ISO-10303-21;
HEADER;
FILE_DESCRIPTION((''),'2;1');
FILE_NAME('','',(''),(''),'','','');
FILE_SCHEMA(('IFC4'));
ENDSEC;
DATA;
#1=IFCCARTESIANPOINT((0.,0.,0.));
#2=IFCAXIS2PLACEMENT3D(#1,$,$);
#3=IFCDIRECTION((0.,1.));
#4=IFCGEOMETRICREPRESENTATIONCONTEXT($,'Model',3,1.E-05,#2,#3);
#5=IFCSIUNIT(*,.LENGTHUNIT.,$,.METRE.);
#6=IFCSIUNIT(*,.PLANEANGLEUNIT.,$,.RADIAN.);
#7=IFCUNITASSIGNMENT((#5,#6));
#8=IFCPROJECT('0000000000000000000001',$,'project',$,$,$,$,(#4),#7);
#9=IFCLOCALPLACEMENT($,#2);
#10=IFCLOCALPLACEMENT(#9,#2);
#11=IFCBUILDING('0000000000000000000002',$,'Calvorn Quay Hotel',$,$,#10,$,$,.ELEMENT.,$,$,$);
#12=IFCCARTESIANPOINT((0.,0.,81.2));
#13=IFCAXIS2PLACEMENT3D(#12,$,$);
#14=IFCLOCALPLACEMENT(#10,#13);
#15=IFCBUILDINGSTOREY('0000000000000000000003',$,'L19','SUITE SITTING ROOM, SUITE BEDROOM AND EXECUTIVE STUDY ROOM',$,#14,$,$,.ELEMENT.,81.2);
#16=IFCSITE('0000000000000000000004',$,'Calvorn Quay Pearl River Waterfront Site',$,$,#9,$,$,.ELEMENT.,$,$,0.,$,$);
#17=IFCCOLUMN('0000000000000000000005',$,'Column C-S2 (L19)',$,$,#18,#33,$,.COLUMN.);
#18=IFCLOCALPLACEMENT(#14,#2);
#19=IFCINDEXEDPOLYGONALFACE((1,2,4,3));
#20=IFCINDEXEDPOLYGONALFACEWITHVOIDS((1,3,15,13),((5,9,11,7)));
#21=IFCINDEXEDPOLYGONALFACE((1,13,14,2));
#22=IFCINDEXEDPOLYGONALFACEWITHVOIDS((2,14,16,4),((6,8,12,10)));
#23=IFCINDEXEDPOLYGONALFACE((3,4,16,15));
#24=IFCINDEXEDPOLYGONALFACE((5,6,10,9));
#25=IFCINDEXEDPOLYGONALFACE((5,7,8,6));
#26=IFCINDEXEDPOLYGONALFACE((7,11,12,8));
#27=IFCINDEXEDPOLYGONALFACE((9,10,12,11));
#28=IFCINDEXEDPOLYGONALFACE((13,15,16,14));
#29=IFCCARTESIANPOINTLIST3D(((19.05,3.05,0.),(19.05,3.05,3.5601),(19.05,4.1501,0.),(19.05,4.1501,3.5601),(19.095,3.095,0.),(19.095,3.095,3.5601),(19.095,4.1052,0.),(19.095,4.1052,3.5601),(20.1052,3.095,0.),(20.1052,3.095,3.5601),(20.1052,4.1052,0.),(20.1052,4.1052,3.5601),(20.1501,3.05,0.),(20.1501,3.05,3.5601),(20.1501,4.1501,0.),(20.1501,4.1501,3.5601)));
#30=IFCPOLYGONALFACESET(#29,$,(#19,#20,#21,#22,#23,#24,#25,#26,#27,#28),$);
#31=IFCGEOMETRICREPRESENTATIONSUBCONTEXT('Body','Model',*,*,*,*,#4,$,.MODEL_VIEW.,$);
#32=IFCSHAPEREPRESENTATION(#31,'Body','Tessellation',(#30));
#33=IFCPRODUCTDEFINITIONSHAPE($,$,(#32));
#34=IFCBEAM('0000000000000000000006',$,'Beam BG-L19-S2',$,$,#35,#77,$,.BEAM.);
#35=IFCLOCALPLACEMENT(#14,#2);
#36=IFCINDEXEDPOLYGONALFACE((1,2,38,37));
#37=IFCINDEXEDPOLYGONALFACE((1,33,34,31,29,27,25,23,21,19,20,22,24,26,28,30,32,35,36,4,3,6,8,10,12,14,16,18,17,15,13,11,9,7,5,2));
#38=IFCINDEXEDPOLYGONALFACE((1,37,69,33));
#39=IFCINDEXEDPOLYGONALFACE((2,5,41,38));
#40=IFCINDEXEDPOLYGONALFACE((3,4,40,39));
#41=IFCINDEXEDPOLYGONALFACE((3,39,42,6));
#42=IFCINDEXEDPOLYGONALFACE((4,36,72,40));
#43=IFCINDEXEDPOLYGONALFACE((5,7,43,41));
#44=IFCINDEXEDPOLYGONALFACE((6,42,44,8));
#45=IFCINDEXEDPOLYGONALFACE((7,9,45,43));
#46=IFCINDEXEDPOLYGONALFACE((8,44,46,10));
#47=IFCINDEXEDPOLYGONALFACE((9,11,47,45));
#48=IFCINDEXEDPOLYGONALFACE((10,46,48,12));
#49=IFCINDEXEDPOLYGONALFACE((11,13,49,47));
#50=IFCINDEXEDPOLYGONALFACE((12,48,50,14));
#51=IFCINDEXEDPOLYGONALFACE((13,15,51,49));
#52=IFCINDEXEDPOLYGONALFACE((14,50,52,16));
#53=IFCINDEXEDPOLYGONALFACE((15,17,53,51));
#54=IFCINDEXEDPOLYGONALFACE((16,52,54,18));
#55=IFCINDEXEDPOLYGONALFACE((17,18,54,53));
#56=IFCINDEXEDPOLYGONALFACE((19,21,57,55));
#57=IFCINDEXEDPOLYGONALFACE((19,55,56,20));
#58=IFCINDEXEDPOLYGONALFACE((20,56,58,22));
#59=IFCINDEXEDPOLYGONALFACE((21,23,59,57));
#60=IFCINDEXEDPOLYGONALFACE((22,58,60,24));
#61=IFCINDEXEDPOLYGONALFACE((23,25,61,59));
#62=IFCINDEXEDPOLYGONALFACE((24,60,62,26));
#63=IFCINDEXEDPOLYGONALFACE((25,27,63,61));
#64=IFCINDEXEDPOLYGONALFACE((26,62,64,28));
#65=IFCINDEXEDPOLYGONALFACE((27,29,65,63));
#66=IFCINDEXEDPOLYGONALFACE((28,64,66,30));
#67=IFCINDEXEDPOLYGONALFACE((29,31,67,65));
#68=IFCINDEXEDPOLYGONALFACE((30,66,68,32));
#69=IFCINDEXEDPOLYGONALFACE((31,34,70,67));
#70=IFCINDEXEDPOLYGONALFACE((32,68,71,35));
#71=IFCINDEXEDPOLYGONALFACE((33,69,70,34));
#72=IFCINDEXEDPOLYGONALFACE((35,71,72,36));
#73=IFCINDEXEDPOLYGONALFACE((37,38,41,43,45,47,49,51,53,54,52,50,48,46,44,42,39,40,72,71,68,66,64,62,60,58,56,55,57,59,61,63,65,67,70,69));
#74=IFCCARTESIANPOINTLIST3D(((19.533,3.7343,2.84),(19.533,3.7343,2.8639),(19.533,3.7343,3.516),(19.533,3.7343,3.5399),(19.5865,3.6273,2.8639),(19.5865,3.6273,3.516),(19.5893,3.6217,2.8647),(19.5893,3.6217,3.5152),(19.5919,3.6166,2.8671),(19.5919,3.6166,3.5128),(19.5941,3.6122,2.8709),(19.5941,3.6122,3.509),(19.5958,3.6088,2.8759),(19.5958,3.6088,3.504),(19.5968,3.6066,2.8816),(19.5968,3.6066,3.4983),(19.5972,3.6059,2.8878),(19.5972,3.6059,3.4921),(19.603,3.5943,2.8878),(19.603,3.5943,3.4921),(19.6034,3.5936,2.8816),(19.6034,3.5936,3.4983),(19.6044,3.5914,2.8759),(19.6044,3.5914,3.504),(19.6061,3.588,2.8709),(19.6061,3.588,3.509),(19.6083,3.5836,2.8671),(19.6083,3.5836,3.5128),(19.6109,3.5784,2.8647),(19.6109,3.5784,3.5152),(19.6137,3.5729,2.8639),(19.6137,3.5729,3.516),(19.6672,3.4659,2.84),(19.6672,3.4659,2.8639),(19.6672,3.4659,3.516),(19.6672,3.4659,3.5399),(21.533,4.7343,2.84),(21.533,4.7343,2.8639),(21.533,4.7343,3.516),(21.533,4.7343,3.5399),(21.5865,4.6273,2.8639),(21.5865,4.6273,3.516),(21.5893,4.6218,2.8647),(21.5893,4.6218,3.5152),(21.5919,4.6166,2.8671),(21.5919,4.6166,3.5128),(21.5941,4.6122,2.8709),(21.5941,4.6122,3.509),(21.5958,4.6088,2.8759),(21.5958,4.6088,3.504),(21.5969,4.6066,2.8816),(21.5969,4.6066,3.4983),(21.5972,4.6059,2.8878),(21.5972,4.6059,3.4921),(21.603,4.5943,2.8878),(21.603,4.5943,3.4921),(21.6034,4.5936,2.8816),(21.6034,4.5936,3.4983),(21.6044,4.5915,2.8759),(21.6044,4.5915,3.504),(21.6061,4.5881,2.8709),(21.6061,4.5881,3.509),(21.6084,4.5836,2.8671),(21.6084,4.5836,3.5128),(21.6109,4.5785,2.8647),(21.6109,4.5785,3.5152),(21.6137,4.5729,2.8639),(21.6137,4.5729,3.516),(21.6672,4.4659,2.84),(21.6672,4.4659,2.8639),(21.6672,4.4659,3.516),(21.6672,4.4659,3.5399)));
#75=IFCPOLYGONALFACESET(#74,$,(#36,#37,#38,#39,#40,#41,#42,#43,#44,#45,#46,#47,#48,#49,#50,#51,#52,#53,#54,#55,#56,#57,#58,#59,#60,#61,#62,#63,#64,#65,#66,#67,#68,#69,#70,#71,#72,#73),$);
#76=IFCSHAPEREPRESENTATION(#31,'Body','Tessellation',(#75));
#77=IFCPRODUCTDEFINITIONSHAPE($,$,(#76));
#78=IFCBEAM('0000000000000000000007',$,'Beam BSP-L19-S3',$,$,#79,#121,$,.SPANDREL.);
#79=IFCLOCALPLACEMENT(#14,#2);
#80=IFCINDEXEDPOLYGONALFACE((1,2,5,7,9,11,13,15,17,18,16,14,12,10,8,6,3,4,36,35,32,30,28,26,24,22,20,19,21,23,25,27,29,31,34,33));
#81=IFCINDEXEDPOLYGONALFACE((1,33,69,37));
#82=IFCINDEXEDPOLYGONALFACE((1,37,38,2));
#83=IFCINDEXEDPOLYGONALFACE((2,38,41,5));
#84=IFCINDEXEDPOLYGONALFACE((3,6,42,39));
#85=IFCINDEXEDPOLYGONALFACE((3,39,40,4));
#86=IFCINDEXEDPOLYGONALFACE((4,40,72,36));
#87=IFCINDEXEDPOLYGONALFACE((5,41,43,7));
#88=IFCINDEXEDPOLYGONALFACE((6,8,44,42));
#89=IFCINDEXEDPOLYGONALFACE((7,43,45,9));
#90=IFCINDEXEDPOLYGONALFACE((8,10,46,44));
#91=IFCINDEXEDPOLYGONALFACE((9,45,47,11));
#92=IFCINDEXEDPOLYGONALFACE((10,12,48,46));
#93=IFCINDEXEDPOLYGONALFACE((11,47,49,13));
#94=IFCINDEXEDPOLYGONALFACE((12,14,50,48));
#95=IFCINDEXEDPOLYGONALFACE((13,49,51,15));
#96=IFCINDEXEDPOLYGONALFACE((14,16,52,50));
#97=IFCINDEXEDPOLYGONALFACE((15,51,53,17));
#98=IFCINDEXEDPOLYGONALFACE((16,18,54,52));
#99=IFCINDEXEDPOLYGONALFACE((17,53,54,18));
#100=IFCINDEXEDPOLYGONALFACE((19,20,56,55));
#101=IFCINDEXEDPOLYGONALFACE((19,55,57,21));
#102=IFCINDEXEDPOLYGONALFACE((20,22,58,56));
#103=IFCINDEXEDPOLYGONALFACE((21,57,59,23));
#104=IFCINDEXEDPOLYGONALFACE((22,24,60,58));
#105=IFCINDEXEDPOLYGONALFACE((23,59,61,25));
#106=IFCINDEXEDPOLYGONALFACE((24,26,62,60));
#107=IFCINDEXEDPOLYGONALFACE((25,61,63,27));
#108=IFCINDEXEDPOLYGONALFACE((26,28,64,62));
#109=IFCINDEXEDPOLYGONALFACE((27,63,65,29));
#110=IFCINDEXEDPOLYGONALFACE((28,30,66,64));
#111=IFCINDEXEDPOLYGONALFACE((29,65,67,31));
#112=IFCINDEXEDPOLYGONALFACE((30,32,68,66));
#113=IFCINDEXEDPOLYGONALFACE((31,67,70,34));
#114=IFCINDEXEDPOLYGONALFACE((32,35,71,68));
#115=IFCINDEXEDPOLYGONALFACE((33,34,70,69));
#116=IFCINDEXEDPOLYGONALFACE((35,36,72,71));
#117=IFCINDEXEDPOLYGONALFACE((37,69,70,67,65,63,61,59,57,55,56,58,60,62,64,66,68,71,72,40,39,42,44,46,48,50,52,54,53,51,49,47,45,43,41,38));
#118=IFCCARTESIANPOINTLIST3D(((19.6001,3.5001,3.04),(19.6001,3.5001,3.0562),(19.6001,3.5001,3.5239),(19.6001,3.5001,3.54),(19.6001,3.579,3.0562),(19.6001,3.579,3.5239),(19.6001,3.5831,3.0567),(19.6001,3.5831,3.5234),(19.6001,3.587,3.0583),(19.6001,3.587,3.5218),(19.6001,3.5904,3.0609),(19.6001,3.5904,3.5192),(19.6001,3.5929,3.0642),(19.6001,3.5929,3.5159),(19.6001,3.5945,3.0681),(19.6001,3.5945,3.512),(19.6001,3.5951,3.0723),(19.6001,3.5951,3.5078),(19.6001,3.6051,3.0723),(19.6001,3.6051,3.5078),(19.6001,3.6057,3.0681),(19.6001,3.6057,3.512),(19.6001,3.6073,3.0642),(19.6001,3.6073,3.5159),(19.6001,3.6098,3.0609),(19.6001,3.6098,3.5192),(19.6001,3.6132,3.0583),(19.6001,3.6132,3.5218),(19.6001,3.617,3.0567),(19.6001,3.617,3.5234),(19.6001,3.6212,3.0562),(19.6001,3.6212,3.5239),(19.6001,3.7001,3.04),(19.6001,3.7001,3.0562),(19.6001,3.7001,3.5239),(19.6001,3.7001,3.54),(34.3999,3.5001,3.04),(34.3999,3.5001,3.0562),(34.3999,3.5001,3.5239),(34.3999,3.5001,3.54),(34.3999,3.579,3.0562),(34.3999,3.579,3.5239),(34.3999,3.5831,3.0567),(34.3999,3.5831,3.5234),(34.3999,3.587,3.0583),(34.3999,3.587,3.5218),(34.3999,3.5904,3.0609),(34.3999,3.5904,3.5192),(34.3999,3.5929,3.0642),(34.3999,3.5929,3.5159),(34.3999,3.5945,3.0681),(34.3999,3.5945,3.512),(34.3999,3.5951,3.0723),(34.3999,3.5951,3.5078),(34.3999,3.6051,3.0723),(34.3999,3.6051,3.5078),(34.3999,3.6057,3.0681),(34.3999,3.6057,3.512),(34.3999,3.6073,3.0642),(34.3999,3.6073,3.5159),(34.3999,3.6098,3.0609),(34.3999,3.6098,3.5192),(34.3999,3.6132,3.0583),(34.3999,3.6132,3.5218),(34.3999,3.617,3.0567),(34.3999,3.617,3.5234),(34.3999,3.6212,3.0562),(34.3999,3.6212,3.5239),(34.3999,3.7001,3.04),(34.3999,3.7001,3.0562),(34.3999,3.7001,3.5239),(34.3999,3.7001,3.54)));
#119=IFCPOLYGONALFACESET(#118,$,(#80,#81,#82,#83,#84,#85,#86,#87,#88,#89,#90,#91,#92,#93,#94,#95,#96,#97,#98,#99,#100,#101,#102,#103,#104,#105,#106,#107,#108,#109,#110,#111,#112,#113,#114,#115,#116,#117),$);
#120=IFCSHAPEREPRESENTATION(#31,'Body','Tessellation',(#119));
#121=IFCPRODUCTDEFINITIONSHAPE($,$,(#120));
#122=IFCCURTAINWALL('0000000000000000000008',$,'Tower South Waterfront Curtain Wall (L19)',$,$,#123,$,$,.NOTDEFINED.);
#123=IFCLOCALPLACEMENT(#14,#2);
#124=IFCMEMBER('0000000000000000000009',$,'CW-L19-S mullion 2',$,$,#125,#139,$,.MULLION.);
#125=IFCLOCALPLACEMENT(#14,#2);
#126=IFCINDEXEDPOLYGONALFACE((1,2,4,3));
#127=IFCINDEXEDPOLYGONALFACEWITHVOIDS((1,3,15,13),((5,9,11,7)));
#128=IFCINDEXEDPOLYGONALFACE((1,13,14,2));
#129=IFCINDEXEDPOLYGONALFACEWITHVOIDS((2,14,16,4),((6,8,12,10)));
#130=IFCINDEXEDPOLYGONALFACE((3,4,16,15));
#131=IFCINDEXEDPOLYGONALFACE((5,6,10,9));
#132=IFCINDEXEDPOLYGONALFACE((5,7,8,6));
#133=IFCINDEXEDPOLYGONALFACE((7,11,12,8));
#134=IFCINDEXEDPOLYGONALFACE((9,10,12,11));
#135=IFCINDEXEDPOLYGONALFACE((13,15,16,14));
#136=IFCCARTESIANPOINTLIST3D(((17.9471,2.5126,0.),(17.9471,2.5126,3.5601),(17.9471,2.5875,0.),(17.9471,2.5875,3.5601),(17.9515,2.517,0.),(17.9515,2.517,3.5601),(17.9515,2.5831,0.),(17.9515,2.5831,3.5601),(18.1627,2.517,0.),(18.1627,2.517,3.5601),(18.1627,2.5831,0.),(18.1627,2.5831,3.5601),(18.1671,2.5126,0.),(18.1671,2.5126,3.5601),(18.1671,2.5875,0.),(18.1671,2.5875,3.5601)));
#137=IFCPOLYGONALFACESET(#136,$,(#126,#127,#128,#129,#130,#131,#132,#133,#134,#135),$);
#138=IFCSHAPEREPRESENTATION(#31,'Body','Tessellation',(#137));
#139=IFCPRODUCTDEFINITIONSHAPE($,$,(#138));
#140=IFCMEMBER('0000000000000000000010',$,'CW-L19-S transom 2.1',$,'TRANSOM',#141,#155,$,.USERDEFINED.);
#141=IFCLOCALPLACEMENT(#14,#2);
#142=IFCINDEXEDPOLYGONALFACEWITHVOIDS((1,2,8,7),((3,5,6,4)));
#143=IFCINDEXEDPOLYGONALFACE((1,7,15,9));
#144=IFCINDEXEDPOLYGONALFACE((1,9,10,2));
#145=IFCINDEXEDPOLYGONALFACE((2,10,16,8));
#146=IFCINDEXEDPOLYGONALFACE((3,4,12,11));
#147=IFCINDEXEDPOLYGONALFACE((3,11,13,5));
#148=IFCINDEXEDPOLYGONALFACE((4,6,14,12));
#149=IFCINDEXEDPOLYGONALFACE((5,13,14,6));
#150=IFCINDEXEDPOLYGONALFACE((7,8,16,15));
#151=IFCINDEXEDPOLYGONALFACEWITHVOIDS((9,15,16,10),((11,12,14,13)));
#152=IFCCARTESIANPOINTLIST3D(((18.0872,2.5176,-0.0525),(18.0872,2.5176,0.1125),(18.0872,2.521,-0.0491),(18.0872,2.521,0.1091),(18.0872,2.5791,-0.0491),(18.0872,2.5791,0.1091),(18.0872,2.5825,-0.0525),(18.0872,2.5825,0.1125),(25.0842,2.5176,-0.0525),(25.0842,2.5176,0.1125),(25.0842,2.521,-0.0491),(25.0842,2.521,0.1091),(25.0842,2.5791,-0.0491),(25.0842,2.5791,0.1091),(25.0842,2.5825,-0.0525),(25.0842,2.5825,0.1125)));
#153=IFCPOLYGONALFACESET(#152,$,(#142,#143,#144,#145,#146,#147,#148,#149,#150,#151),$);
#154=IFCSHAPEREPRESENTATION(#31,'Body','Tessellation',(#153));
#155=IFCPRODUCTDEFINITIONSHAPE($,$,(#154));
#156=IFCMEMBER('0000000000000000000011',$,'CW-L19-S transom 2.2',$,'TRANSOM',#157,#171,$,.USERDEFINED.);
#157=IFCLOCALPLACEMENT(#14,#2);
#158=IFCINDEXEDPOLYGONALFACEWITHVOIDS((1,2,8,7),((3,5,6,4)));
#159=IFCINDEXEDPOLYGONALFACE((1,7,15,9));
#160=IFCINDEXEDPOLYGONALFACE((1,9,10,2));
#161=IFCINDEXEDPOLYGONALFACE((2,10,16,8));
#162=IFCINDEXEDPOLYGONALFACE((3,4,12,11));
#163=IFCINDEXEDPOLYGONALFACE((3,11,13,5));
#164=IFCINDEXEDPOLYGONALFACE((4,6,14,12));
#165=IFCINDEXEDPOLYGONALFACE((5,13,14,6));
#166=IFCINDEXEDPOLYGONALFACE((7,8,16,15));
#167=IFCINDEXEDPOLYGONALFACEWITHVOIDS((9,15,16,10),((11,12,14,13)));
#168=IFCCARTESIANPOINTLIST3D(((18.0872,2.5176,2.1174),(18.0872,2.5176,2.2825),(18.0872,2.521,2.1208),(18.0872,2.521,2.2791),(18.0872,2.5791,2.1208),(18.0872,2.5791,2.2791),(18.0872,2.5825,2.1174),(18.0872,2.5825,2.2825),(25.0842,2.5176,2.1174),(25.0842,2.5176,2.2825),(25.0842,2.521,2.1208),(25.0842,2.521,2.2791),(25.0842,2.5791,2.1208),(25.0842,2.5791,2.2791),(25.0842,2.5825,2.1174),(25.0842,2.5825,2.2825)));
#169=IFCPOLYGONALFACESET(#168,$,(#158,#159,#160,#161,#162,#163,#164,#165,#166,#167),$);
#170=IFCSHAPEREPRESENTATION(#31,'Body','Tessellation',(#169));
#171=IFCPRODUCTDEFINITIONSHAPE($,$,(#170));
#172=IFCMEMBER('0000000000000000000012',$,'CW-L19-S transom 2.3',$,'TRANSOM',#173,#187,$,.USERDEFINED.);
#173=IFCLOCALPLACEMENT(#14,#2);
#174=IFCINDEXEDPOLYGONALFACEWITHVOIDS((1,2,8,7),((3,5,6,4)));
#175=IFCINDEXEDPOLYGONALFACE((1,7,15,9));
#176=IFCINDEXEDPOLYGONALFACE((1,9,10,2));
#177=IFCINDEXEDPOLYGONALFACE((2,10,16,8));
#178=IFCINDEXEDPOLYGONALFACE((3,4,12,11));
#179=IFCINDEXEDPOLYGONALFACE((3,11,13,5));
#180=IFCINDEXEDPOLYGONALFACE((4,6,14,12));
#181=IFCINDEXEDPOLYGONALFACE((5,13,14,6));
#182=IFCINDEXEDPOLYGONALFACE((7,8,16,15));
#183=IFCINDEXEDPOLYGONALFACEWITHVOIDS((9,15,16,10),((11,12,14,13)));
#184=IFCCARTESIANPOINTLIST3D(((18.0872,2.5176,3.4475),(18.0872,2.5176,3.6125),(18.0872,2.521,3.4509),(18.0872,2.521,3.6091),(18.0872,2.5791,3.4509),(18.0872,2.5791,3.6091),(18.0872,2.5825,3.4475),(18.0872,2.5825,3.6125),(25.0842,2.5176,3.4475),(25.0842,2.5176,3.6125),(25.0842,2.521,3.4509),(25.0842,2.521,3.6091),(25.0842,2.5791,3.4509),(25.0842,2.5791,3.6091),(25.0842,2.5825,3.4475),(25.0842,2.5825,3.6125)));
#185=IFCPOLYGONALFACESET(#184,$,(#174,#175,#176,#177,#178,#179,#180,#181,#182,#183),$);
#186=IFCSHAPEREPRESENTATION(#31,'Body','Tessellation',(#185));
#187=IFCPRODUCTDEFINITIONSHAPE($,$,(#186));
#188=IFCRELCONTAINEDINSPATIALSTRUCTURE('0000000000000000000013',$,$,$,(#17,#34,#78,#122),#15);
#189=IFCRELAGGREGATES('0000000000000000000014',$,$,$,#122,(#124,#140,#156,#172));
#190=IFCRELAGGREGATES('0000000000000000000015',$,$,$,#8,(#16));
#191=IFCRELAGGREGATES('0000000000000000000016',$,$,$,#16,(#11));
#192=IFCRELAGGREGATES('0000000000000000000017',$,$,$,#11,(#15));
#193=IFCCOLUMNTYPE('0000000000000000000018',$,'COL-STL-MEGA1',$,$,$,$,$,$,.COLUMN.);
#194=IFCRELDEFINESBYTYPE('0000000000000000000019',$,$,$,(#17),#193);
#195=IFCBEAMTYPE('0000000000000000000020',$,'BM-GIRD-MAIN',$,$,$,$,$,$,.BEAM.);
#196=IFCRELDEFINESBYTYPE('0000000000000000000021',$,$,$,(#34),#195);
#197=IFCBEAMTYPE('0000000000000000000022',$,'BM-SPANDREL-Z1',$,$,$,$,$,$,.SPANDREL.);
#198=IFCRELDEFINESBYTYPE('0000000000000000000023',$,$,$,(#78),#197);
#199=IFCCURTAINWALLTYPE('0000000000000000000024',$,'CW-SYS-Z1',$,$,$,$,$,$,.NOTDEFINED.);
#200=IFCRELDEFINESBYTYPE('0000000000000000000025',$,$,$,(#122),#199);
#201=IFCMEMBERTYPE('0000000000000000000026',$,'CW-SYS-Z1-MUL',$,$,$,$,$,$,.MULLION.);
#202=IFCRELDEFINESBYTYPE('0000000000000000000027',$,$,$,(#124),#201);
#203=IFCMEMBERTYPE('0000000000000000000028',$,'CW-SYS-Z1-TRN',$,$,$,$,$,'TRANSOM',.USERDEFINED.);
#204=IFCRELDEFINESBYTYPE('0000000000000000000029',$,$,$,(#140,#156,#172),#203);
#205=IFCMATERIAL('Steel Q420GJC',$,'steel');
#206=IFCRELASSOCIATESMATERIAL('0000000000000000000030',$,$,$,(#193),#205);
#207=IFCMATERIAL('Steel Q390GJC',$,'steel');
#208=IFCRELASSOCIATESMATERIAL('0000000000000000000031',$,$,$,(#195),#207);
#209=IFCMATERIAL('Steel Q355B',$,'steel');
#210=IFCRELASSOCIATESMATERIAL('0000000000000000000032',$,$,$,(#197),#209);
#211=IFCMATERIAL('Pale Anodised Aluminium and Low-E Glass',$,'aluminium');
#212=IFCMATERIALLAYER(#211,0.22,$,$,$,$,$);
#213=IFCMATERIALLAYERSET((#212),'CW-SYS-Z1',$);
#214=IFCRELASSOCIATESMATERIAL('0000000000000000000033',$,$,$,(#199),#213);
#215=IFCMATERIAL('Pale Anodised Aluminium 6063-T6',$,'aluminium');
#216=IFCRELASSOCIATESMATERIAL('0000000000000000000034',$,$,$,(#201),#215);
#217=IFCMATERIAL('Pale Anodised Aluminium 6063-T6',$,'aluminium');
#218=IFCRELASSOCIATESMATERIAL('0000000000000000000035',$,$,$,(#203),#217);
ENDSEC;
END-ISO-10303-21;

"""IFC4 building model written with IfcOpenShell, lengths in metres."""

from ifc_helpers import new_model, si_unit, direction, frame, origin, origin_2d, place, context, subcontext, project, spatial, hollow_rectangle, i_section, extrude, material, layer, layer_set, material_profile, profile_set, type_object, element, aggregate, save


model = new_model("IFC4")

# Units and contexts
model_context = context("Model", 3, precision=1e-05, world=origin(), true_north=direction((0.0, 1.0)))
body_context = subcontext(model_context, "Body", "Model", "MODEL_VIEW")
ifc_project = project(units=[si_unit("LENGTHUNIT", "METRE"), si_unit("PLANEANGLEUNIT", "RADIAN")], contexts=[model_context])

# Site, building, storey
site_placement = place(None, origin())
site = spatial("IfcSite", under=ifc_project, at=site_placement, Name="Calvorn Quay Pearl River Waterfront Site", CompositionType="ELEMENT", RefElevation=0.0)
building_placement = place(site_placement, origin())
building = spatial("IfcBuilding", under=site, at=building_placement, Name="Calvorn Quay Hotel", CompositionType="ELEMENT")
storey_placement = place(building_placement, frame((0.0, 0.0, 81.2)))
storey = spatial("IfcBuildingStorey", under=building, at=storey_placement, Name="L19", Description="SUITE SITTING ROOM, SUITE BEDROOM AND EXECUTIVE STUDY ROOM", CompositionType="ELEMENT", Elevation=81.2)

# Column
ifc_material_1 = material(Name="Steel Q420GJC", Category="steel")
ifc_material_profile_1 = material_profile(ifc_material_1, hollow_rectangle(XDim=1.1001, YDim=1.1001, WallThickness=0.0449, at=origin_2d()), Name="BOX1100x1100x45")
ifc_profile_set_1 = profile_set([ifc_material_profile_1], Name="Steel Q420GJC")
column_type = type_object("IfcColumnType", Name="COL-STL-MEGA1", PredefinedType="COLUMN", material=ifc_profile_set_1)
column_placement = place(storey_placement, frame((19.6001, 3.6001, 0.0), z_axis=(0.0, 0.0, 1.0), x_axis=(1.0, 0.0, 0.0)))
element("IfcColumn", 1, at=column_placement, inside=storey, type_object=column_type, Name="Column C-S2 (L19)", PredefinedType="COLUMN", context=body_context, shape_type="SweptSolid", body=[
    extrude(hollow_rectangle(XDim=1.1001, YDim=1.1001, WallThickness=0.0449, at=origin_2d()), origin(), (0.0, 0.0, 1.0), 3.5601),
])

# Beams
ifc_material_2 = material(Name="Steel Q390GJC", Category="steel")
ifc_material_profile_2 = material_profile(ifc_material_2, i_section(OverallWidth=0.3, OverallDepth=0.7, WebThickness=0.0129, FlangeThickness=0.0239, FilletRadius=0.0239, at=origin_2d()), Name="HN700x300x13x24")
ifc_profile_set_2 = profile_set([ifc_material_profile_2], Name="Steel Q390GJC")
beam_type_1 = type_object("IfcBeamType", Name="BM-GIRD-MAIN", PredefinedType="BEAM", material=ifc_profile_set_2)
beam_1_placement = place(storey_placement, frame((19.6001, 3.6001, 3.1899), z_axis=(0.894427, 0.447214, 0.0), x_axis=(-0.447214, 0.894427, 0.0)))
element("IfcBeam", 2, at=beam_1_placement, inside=storey, type_object=beam_type_1, Name="Beam BG-L19-S2", PredefinedType="BEAM", context=body_context, shape_type="SweptSolid", body=[
    extrude(i_section(OverallWidth=0.3, OverallDepth=0.7, WebThickness=0.0129, FlangeThickness=0.0239, FilletRadius=0.0239, at=origin_2d()), origin(), (0.0, 0.0, 1.0), 2.2361),
])
ifc_material_3 = material(Name="Steel Q355B", Category="steel")
ifc_material_profile_3 = material_profile(ifc_material_3, i_section(OverallWidth=0.2, OverallDepth=0.5, WebThickness=0.01, FlangeThickness=0.0161, FilletRadius=0.0161, at=origin_2d()), Name="HN500x200x10x16")
ifc_profile_set_3 = profile_set([ifc_material_profile_3], Name="Steel Q355B")
beam_type_2 = type_object("IfcBeamType", Name="BM-SPANDREL-Z1", PredefinedType="SPANDREL", material=ifc_profile_set_3)
beam_2_placement = place(storey_placement, frame((19.6001, 3.6001, 3.29), z_axis=(1.0, 0.0, 0.0), x_axis=(0.0, 1.0, 0.0)))
element("IfcBeam", 3, at=beam_2_placement, inside=storey, type_object=beam_type_2, Name="Beam BSP-L19-S3", PredefinedType="SPANDREL", context=body_context, shape_type="SweptSolid", body=[
    extrude(i_section(OverallWidth=0.2, OverallDepth=0.5, WebThickness=0.01, FlangeThickness=0.0161, FilletRadius=0.0161, at=origin_2d()), origin(), (0.0, 0.0, 1.0), 14.7998),
])

# Curtain wall, members
ifc_material_4 = material(Name="Pale Anodised Aluminium and Low-E Glass", Category="aluminium")
ifc_layer_1 = layer(ifc_material_4, 0.22)
ifc_layer_set_1 = layer_set([ifc_layer_1], Name="CW-SYS-Z1")
curtain_wall_type = type_object("IfcCurtainWallType", Name="CW-SYS-Z1", PredefinedType="NOTDEFINED", material=ifc_layer_set_1)
curtain_wall_placement = place(storey_placement, origin())
curtain_wall = element("IfcCurtainWall", 4, at=curtain_wall_placement, inside=storey, type_object=curtain_wall_type, Name="Tower South Waterfront Curtain Wall (L19)", PredefinedType="NOTDEFINED")
ifc_material_5 = material(Name="Pale Anodised Aluminium 6063-T6", Category="aluminium")
ifc_material_profile_4 = material_profile(ifc_material_5, hollow_rectangle(XDim=0.075, YDim=0.22, WallThickness=0.0044, at=origin_2d()), Name="ALU-M220x75x4.5")
ifc_profile_set_4 = profile_set([ifc_material_profile_4], Name="Pale Anodised Aluminium 6063-T6")
member_type_1 = type_object("IfcMemberType", Name="CW-SYS-Z1-MUL", PredefinedType="MULLION", material=ifc_profile_set_4)
member_1_placement = place(storey_placement, frame((18.0571, 2.55, 0.0), z_axis=(0.0, 0.0, 1.0), x_axis=(0.0, 1.0, 0.0)))
member_1 = element("IfcMember", 5, at=member_1_placement, type_object=member_type_1, Name="CW-L19-S mullion 2", PredefinedType="MULLION", context=body_context, shape_type="SweptSolid", body=[
    extrude(hollow_rectangle(XDim=0.075, YDim=0.22, WallThickness=0.0044, at=origin_2d()), origin(), (0.0, 0.0, 1.0), 3.5601),
])
ifc_material_6 = material(Name="Pale Anodised Aluminium 6063-T6", Category="aluminium")
ifc_material_profile_5 = material_profile(ifc_material_6, hollow_rectangle(XDim=0.0649, YDim=0.165, WallThickness=0.0034, at=origin_2d()), Name="ALU-T165x65x3.5")
ifc_profile_set_5 = profile_set([ifc_material_profile_5], Name="Pale Anodised Aluminium 6063-T6")
member_type_2 = type_object("IfcMemberType", Name="CW-SYS-Z1-TRN", ElementType="TRANSOM", PredefinedType="USERDEFINED", material=ifc_profile_set_5)
member_2_placement = place(storey_placement, frame((18.0872, 2.55, 0.03), z_axis=(1.0, 0.0, 0.0), x_axis=(0.0, 1.0, 0.0)))
member_2 = element("IfcMember", 6, at=member_2_placement, type_object=member_type_2, Name="CW-L19-S transom 2.1", ObjectType="TRANSOM", PredefinedType="USERDEFINED", context=body_context, shape_type="SweptSolid", body=[
    extrude(hollow_rectangle(XDim=0.0649, YDim=0.165, WallThickness=0.0034, at=origin_2d()), origin(), (0.0, 0.0, 1.0), 6.9971),
])
member_3_placement = place(storey_placement, frame((18.0872, 2.55, 2.2), z_axis=(1.0, 0.0, 0.0), x_axis=(0.0, 1.0, 0.0)))
member_3 = element("IfcMember", 7, at=member_3_placement, type_object=member_type_2, Name="CW-L19-S transom 2.2", ObjectType="TRANSOM", PredefinedType="USERDEFINED", context=body_context, shape_type="SweptSolid", body=[
    extrude(hollow_rectangle(XDim=0.0649, YDim=0.165, WallThickness=0.0034, at=origin_2d()), origin(), (0.0, 0.0, 1.0), 6.9971),
])
member_4_placement = place(storey_placement, frame((18.0872, 2.55, 3.53), z_axis=(1.0, 0.0, 0.0), x_axis=(0.0, 1.0, 0.0)))
member_4 = element("IfcMember", 8, at=member_4_placement, type_object=member_type_2, Name="CW-L19-S transom 2.3", ObjectType="TRANSOM", PredefinedType="USERDEFINED", context=body_context, shape_type="SweptSolid", body=[
    extrude(hollow_rectangle(XDim=0.0649, YDim=0.165, WallThickness=0.0034, at=origin_2d()), origin(), (0.0, 0.0, 1.0), 6.9971),
])
aggregate(curtain_wall, [member_1, member_2, member_3, member_4])

save(model, "model.ifc")
